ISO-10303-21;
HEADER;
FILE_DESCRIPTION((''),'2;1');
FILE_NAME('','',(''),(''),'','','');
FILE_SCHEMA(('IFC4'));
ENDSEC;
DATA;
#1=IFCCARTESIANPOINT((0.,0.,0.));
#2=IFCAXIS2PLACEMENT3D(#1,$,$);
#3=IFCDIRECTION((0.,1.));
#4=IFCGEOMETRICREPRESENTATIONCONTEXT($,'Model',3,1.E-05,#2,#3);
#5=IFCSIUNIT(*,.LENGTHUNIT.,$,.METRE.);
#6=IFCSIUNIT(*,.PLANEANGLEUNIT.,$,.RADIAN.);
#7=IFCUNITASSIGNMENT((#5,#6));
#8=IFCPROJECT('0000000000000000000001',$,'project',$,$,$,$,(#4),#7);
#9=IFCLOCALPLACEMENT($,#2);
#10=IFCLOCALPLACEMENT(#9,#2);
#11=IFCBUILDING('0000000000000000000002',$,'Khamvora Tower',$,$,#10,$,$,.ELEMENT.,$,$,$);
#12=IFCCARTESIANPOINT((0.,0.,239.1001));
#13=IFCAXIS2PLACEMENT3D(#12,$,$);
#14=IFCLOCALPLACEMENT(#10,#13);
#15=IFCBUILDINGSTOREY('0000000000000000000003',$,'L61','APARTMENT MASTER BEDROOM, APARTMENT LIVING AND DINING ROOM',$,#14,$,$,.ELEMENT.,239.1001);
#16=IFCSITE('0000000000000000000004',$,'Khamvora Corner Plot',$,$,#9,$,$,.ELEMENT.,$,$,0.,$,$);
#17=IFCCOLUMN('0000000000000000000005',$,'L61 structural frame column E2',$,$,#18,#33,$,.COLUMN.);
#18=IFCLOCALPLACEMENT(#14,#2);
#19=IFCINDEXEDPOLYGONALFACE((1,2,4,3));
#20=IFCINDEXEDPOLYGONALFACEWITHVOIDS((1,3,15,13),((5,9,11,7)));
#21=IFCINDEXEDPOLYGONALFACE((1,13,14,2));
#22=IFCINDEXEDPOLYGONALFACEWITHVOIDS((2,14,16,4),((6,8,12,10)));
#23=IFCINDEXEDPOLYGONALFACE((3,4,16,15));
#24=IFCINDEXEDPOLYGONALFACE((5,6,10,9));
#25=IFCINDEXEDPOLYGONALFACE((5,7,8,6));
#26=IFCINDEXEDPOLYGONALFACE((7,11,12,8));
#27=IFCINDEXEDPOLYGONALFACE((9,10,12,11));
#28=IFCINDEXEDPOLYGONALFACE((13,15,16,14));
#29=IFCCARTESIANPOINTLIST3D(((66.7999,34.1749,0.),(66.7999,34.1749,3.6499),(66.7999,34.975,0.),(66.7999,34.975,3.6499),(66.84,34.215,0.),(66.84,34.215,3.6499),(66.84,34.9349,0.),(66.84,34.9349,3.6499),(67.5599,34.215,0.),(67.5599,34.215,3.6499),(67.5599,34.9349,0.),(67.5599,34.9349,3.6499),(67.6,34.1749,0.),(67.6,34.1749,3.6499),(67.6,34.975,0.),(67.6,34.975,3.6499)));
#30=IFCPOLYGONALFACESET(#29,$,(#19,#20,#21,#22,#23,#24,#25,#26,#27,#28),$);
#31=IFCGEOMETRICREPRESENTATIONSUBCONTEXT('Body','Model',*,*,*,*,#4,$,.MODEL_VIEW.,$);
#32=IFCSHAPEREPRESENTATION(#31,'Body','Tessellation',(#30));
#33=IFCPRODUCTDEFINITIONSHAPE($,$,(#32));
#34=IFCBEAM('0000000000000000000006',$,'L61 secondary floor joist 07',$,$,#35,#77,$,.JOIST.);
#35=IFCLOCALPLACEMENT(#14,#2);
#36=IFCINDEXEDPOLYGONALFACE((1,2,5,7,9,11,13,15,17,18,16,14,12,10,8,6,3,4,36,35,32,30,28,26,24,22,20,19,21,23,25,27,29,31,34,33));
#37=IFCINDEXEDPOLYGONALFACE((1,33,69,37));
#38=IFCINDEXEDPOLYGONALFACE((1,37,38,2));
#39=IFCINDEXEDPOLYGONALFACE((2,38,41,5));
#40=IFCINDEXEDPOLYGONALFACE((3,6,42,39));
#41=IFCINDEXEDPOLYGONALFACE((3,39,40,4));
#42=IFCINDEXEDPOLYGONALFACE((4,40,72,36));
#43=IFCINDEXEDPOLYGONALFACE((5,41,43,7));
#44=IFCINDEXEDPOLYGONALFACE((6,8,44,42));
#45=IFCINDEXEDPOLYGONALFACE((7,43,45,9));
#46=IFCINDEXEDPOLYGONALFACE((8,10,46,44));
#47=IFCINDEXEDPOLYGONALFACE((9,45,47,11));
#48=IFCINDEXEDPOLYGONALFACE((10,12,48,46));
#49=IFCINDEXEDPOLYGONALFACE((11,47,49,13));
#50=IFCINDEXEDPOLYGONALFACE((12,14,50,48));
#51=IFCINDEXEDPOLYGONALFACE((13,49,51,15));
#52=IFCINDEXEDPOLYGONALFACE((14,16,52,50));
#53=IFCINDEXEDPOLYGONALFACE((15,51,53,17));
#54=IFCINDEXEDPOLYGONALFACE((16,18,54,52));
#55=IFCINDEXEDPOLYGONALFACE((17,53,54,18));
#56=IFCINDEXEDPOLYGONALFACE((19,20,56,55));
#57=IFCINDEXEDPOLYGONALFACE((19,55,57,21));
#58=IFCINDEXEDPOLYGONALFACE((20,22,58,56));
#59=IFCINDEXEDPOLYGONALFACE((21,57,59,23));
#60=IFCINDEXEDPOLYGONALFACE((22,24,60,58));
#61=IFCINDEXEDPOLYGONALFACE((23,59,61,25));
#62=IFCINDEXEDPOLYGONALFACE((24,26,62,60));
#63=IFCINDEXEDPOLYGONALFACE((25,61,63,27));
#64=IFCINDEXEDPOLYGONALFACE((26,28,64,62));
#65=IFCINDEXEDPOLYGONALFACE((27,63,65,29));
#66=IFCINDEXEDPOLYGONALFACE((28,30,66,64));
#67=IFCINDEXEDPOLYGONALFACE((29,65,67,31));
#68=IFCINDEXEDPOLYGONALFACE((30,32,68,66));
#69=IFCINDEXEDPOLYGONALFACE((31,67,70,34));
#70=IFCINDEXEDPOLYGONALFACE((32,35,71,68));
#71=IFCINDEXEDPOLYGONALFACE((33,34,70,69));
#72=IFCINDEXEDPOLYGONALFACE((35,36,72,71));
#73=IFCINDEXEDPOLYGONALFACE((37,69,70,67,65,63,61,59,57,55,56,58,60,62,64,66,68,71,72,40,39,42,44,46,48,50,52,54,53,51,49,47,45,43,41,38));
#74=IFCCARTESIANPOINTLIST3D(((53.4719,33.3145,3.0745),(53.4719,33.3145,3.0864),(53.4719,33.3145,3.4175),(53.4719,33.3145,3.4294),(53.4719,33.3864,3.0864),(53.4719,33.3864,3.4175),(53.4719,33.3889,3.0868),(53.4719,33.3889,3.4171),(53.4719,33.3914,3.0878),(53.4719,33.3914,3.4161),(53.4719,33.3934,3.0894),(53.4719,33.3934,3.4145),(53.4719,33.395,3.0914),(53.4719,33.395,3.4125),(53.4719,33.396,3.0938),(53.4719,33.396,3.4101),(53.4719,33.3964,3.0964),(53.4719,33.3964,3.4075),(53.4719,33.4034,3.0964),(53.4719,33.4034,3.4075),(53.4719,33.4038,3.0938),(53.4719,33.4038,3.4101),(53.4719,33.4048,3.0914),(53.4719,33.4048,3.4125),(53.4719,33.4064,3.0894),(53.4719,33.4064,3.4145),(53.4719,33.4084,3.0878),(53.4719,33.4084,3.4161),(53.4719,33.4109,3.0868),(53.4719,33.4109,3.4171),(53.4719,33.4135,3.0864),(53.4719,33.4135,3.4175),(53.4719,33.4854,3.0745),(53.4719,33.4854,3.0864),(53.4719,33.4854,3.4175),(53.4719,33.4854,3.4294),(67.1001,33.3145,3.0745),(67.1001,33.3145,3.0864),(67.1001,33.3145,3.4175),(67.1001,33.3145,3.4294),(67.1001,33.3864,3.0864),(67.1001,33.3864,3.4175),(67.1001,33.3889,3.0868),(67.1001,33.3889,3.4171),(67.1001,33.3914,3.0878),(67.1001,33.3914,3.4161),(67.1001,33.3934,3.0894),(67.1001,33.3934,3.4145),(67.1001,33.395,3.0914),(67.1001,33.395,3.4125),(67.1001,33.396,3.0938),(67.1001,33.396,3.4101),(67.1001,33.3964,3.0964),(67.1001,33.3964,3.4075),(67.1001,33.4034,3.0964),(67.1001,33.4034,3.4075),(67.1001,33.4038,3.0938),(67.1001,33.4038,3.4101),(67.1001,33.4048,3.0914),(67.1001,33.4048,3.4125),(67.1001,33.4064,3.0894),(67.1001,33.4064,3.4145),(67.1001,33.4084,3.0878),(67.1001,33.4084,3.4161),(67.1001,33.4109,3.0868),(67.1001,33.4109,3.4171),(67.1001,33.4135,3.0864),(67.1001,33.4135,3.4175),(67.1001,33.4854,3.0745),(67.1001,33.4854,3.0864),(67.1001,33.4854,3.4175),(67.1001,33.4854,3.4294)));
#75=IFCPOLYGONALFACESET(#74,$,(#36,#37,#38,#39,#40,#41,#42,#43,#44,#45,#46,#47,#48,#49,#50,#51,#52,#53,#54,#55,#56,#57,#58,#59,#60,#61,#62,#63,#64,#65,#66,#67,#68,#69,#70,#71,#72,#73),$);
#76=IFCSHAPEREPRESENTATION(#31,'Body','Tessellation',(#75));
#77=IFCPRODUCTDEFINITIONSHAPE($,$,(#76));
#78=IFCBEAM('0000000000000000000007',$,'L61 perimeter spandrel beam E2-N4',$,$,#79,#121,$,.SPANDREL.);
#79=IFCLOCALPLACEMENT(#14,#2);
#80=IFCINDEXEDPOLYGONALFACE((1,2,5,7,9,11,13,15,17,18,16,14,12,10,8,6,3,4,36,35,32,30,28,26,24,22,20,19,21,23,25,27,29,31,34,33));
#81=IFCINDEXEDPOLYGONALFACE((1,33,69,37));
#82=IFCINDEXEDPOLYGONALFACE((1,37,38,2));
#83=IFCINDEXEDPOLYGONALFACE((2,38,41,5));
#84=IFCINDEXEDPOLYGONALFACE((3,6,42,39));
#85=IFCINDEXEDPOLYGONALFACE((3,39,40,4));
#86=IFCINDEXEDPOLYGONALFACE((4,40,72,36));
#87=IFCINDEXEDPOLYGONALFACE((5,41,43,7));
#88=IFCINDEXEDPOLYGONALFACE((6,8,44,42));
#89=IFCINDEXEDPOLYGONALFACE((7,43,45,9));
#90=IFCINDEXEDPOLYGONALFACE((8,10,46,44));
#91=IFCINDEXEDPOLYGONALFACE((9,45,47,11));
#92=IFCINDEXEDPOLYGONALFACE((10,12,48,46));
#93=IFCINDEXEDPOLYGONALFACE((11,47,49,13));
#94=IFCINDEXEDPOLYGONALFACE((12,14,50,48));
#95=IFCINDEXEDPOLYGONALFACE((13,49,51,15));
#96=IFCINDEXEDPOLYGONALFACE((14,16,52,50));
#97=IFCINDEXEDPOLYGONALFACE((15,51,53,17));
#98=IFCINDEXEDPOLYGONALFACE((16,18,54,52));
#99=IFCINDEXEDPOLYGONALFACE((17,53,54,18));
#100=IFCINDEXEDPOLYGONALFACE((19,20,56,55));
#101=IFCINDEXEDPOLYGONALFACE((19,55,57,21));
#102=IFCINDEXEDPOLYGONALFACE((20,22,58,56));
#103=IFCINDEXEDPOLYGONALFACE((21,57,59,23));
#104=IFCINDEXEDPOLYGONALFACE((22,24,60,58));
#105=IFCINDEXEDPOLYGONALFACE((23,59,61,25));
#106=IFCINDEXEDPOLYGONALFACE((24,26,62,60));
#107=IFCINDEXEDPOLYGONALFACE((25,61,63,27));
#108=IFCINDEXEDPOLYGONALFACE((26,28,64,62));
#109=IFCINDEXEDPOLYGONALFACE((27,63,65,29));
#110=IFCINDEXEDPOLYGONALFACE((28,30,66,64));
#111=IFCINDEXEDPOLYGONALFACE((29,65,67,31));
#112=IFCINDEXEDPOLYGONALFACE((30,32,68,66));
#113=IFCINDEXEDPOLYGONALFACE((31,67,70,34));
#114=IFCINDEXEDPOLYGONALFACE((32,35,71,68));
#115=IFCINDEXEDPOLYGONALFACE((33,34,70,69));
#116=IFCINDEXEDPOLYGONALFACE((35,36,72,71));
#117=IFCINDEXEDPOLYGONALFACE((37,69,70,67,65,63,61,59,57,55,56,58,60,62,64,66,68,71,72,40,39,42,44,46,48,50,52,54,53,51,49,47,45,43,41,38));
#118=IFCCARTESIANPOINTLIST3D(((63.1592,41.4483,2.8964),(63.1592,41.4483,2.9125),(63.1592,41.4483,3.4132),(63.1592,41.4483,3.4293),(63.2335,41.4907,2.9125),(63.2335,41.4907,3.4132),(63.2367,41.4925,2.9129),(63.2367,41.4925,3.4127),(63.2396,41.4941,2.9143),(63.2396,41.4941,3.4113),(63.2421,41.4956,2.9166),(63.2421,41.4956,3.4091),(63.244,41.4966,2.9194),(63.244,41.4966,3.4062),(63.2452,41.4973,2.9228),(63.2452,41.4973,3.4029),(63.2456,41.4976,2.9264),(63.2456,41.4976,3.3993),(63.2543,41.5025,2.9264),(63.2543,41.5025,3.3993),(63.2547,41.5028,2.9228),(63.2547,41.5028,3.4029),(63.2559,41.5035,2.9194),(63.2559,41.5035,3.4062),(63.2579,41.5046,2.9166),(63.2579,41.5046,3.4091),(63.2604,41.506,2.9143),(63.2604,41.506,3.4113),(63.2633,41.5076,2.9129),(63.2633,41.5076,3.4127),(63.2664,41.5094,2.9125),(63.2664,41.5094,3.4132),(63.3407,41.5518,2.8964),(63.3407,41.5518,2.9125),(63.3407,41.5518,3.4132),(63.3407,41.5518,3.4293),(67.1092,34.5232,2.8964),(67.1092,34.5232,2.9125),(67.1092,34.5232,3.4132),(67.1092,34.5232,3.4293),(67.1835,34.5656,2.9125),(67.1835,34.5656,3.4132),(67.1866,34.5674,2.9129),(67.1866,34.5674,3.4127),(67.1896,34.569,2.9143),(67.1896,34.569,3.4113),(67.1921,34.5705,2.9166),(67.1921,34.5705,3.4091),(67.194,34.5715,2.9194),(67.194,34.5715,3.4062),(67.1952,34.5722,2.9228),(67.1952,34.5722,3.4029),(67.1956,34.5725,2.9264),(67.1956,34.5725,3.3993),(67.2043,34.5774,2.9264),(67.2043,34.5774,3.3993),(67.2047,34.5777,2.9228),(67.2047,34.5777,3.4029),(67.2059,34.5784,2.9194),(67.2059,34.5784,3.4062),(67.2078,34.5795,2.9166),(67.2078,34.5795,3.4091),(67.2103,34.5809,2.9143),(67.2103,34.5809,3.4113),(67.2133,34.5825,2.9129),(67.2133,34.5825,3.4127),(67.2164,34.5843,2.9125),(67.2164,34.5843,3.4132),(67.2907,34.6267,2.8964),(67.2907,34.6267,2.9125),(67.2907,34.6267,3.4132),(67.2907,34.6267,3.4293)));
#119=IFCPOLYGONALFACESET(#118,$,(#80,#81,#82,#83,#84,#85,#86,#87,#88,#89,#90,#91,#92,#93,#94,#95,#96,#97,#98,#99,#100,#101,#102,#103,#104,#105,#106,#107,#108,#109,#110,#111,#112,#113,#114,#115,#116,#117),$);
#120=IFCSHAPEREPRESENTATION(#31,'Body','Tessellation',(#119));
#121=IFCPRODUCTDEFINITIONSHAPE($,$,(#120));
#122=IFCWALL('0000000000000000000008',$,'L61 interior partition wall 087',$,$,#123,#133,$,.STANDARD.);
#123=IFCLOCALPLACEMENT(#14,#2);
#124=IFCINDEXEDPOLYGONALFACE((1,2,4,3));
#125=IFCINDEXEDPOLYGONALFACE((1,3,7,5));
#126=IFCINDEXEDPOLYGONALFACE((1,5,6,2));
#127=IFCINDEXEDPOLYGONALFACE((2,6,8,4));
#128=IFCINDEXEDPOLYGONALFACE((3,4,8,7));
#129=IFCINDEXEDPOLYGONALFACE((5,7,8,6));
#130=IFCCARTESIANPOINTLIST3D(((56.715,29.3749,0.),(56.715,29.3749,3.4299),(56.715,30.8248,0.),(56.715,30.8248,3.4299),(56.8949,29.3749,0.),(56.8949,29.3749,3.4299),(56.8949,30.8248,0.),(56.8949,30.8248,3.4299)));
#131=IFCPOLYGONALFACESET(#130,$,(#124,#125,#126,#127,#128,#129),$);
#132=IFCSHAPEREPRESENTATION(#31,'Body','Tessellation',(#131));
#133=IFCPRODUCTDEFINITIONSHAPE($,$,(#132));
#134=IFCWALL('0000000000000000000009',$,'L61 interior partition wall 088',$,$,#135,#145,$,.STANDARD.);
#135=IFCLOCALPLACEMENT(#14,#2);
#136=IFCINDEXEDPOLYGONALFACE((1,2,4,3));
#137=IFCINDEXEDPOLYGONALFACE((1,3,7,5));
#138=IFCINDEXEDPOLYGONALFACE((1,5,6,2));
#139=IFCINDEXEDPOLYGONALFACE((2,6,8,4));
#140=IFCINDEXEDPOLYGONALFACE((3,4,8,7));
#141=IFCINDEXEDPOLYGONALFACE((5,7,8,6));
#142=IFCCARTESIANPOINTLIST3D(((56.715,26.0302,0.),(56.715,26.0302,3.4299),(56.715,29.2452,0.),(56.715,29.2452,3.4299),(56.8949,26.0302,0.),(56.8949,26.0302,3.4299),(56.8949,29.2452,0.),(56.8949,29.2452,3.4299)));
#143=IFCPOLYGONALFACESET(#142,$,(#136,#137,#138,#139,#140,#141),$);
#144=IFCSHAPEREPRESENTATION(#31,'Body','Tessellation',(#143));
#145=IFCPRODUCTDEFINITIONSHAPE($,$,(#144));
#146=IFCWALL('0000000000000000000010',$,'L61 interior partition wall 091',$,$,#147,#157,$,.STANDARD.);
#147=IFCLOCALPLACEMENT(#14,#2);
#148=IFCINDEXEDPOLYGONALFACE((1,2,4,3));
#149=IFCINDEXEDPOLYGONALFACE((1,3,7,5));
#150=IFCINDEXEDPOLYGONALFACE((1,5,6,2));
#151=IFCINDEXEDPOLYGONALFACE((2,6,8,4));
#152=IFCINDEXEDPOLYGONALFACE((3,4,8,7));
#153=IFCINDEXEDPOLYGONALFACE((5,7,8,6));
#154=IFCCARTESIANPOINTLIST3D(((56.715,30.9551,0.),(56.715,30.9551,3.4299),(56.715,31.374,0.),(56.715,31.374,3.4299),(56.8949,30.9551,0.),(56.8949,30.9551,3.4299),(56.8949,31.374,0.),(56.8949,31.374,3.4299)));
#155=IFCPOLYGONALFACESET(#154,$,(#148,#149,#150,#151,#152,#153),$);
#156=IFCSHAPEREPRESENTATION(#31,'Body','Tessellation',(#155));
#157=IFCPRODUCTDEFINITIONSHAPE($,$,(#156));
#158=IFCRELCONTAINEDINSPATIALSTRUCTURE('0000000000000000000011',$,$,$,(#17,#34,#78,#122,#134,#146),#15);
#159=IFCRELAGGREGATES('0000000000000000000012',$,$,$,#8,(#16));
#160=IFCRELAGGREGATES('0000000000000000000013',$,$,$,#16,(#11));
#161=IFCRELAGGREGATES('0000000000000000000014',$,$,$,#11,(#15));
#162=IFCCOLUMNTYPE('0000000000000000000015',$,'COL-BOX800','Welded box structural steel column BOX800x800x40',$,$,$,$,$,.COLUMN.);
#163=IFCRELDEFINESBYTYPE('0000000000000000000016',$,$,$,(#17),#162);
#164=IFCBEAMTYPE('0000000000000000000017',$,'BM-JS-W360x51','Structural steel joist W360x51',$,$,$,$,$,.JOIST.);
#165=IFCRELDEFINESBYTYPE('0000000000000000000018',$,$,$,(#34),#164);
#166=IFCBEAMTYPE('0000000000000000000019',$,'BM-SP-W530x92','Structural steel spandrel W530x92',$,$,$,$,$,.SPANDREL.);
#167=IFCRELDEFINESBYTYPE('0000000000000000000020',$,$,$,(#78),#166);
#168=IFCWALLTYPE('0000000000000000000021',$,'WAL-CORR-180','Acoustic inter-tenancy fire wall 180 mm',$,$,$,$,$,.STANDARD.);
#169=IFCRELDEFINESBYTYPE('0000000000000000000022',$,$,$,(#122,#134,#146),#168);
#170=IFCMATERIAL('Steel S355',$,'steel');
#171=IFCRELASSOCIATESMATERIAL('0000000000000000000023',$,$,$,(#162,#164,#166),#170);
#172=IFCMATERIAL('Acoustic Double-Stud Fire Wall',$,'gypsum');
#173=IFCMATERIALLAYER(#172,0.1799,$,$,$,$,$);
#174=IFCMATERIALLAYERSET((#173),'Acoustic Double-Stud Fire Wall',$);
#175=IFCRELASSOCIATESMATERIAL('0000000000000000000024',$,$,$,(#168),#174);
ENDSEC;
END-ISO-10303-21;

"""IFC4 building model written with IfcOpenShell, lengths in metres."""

from ifc_helpers import new_model, si_unit, direction, frame, frame_2d, origin, origin_2d, place, context, subcontext, project, spatial, rectangle, hollow_rectangle, i_section, extrude, material, layer, layer_set, material_profile, profile_set, type_object, element, save


model = new_model("IFC4")

# Units and contexts
model_context = context("Model", 3, precision=1e-05, world=origin(), true_north=direction((0.0, 1.0)))
body_context = subcontext(model_context, "Body", "Model", "MODEL_VIEW")
ifc_project = project(units=[si_unit("LENGTHUNIT", "METRE"), si_unit("PLANEANGLEUNIT", "RADIAN")], contexts=[model_context])

# Site, building, storey
site_placement = place(None, origin())
site = spatial("IfcSite", under=ifc_project, at=site_placement, Name="Khamvora Corner Plot", CompositionType="ELEMENT", RefElevation=0.0)
building_placement = place(site_placement, origin())
building = spatial("IfcBuilding", under=site, at=building_placement, Name="Khamvora Tower", CompositionType="ELEMENT")
storey_placement = place(building_placement, frame((0.0, 0.0, 239.1001)))
storey = spatial("IfcBuildingStorey", under=building, at=storey_placement, Name="L61", Description="APARTMENT MASTER BEDROOM, APARTMENT LIVING AND DINING ROOM", CompositionType="ELEMENT", Elevation=239.1001)

# Column
ifc_material_1 = material(Name="Steel S355", Category="steel")
ifc_material_profile_1 = material_profile(ifc_material_1, hollow_rectangle(XDim=0.8, YDim=0.8, WallThickness=0.04, at=origin_2d()), Name="BOX800x800x40")
ifc_profile_set_1 = profile_set([ifc_material_profile_1], Name="Steel S355")
column_type = type_object("IfcColumnType", Name="COL-BOX800", Description="Welded box structural steel column BOX800x800x40", PredefinedType="COLUMN", material=ifc_profile_set_1)
column_placement = place(storey_placement, frame((67.2, 34.575, 0.0), z_axis=(0.0, 0.0, 1.0), x_axis=(1.0, 0.0, 0.0)))
element("IfcColumn", 1, at=column_placement, inside=storey, type_object=column_type, Name="L61 structural frame column E2", PredefinedType="COLUMN", context=body_context, shape_type="SweptSolid", body=[
    extrude(hollow_rectangle(XDim=0.8, YDim=0.8, WallThickness=0.04, at=origin_2d()), origin(), (0.0, 0.0, 1.0), 3.6499),
])

# Beams
ifc_material_profile_2 = material_profile(ifc_material_1, i_section(OverallWidth=0.1709, OverallDepth=0.355, WebThickness=0.0071, FlangeThickness=0.012, FilletRadius=0.01, at=origin_2d()), Name="W360x51")
ifc_profile_set_2 = profile_set([ifc_material_profile_2], Name="Steel S355")
beam_type_1 = type_object("IfcBeamType", Name="BM-JS-W360x51", Description="Structural steel joist W360x51", PredefinedType="JOIST", material=ifc_profile_set_2)
beam_1_placement = place(storey_placement, frame((53.4719, 33.3999, 3.252), z_axis=(1.0, 0.0, 0.0), x_axis=(0.0, 1.0, 0.0)))
element("IfcBeam", 2, at=beam_1_placement, inside=storey, type_object=beam_type_1, Name="L61 secondary floor joist 07", PredefinedType="JOIST", context=body_context, shape_type="SweptSolid", body=[
    extrude(i_section(OverallWidth=0.1709, OverallDepth=0.355, WebThickness=0.0071, FlangeThickness=0.012, FilletRadius=0.01, at=origin_2d()), origin(), (0.0, 0.0, 1.0), 13.6282),
])
ifc_material_profile_3 = material_profile(ifc_material_1, i_section(OverallWidth=0.209, OverallDepth=0.533, WebThickness=0.01, FlangeThickness=0.0161, FilletRadius=0.0139, at=origin_2d()), Name="W530x92")
ifc_profile_set_3 = profile_set([ifc_material_profile_3], Name="Steel S355")
beam_type_2 = type_object("IfcBeamType", Name="BM-SP-W530x92", Description="Structural steel spandrel W530x92", PredefinedType="SPANDREL", material=ifc_profile_set_3)
beam_2_placement = place(storey_placement, frame((67.2, 34.575, 3.1628), z_axis=(-0.495456, 0.868633, 0.0), x_axis=(-0.868633, -0.495456, 0.0)))
element("IfcBeam", 3, at=beam_2_placement, inside=storey, type_object=beam_type_2, Name="L61 perimeter spandrel beam E2-N4", PredefinedType="SPANDREL", context=body_context, shape_type="SweptSolid", body=[
    extrude(i_section(OverallWidth=0.209, OverallDepth=0.533, WebThickness=0.01, FlangeThickness=0.0161, FilletRadius=0.0139, at=origin_2d()), origin(), (0.0, 0.0, 1.0), 7.9724),
])

# Walls
ifc_material_2 = material(Name="Acoustic Double-Stud Fire Wall", Category="gypsum")
ifc_layer_1 = layer(ifc_material_2, 0.1799)
ifc_layer_set_1 = layer_set([ifc_layer_1], Name="Acoustic Double-Stud Fire Wall")
wall_type_1 = type_object("IfcWallType", Name="WAL-CORR-180", Description="Acoustic inter-tenancy fire wall 180 mm", PredefinedType="STANDARD", material=ifc_layer_set_1)
wall_1_placement = place(storey_placement, frame((56.8049, 30.825, 0.0), z_axis=(0.0, 0.0, 1.0), x_axis=(0.0, -1.0, 0.0)))
element("IfcWall", 4, at=wall_1_placement, inside=storey, type_object=wall_type_1, Name="L61 interior partition wall 087", PredefinedType="STANDARD", context=body_context, shape_type="SweptSolid", body=[
    extrude(rectangle(XDim=1.45, YDim=0.1799, at=frame_2d((0.7251, 0.0))), origin(), (0.0, 0.0, 1.0), 3.4299),
])
wall_2_placement = place(storey_placement, frame((56.8049, 29.2451, 0.0), z_axis=(0.0, 0.0, 1.0), x_axis=(0.0, -1.0, 0.0)))
element("IfcWall", 5, at=wall_2_placement, inside=storey, type_object=wall_type_1, Name="L61 interior partition wall 088", PredefinedType="STANDARD", context=body_context, shape_type="SweptSolid", body=[
    extrude(rectangle(XDim=3.2151, YDim=0.1799, at=frame_2d((1.6074, 0.0))), origin(), (0.0, 0.0, 1.0), 3.4299),
])
wall_3_placement = place(storey_placement, frame((56.8049, 31.374, 0.0), z_axis=(0.0, 0.0, 1.0), x_axis=(0.0, -1.0, 0.0)))
element("IfcWall", 6, at=wall_3_placement, inside=storey, type_object=wall_type_1, Name="L61 interior partition wall 091", PredefinedType="STANDARD", context=body_context, shape_type="SweptSolid", body=[
    extrude(rectangle(XDim=0.4189, YDim=0.1799, at=frame_2d((0.2095, 0.0))), origin(), (0.0, 0.0, 1.0), 3.4299),
])

save(model, "model.ifc")
